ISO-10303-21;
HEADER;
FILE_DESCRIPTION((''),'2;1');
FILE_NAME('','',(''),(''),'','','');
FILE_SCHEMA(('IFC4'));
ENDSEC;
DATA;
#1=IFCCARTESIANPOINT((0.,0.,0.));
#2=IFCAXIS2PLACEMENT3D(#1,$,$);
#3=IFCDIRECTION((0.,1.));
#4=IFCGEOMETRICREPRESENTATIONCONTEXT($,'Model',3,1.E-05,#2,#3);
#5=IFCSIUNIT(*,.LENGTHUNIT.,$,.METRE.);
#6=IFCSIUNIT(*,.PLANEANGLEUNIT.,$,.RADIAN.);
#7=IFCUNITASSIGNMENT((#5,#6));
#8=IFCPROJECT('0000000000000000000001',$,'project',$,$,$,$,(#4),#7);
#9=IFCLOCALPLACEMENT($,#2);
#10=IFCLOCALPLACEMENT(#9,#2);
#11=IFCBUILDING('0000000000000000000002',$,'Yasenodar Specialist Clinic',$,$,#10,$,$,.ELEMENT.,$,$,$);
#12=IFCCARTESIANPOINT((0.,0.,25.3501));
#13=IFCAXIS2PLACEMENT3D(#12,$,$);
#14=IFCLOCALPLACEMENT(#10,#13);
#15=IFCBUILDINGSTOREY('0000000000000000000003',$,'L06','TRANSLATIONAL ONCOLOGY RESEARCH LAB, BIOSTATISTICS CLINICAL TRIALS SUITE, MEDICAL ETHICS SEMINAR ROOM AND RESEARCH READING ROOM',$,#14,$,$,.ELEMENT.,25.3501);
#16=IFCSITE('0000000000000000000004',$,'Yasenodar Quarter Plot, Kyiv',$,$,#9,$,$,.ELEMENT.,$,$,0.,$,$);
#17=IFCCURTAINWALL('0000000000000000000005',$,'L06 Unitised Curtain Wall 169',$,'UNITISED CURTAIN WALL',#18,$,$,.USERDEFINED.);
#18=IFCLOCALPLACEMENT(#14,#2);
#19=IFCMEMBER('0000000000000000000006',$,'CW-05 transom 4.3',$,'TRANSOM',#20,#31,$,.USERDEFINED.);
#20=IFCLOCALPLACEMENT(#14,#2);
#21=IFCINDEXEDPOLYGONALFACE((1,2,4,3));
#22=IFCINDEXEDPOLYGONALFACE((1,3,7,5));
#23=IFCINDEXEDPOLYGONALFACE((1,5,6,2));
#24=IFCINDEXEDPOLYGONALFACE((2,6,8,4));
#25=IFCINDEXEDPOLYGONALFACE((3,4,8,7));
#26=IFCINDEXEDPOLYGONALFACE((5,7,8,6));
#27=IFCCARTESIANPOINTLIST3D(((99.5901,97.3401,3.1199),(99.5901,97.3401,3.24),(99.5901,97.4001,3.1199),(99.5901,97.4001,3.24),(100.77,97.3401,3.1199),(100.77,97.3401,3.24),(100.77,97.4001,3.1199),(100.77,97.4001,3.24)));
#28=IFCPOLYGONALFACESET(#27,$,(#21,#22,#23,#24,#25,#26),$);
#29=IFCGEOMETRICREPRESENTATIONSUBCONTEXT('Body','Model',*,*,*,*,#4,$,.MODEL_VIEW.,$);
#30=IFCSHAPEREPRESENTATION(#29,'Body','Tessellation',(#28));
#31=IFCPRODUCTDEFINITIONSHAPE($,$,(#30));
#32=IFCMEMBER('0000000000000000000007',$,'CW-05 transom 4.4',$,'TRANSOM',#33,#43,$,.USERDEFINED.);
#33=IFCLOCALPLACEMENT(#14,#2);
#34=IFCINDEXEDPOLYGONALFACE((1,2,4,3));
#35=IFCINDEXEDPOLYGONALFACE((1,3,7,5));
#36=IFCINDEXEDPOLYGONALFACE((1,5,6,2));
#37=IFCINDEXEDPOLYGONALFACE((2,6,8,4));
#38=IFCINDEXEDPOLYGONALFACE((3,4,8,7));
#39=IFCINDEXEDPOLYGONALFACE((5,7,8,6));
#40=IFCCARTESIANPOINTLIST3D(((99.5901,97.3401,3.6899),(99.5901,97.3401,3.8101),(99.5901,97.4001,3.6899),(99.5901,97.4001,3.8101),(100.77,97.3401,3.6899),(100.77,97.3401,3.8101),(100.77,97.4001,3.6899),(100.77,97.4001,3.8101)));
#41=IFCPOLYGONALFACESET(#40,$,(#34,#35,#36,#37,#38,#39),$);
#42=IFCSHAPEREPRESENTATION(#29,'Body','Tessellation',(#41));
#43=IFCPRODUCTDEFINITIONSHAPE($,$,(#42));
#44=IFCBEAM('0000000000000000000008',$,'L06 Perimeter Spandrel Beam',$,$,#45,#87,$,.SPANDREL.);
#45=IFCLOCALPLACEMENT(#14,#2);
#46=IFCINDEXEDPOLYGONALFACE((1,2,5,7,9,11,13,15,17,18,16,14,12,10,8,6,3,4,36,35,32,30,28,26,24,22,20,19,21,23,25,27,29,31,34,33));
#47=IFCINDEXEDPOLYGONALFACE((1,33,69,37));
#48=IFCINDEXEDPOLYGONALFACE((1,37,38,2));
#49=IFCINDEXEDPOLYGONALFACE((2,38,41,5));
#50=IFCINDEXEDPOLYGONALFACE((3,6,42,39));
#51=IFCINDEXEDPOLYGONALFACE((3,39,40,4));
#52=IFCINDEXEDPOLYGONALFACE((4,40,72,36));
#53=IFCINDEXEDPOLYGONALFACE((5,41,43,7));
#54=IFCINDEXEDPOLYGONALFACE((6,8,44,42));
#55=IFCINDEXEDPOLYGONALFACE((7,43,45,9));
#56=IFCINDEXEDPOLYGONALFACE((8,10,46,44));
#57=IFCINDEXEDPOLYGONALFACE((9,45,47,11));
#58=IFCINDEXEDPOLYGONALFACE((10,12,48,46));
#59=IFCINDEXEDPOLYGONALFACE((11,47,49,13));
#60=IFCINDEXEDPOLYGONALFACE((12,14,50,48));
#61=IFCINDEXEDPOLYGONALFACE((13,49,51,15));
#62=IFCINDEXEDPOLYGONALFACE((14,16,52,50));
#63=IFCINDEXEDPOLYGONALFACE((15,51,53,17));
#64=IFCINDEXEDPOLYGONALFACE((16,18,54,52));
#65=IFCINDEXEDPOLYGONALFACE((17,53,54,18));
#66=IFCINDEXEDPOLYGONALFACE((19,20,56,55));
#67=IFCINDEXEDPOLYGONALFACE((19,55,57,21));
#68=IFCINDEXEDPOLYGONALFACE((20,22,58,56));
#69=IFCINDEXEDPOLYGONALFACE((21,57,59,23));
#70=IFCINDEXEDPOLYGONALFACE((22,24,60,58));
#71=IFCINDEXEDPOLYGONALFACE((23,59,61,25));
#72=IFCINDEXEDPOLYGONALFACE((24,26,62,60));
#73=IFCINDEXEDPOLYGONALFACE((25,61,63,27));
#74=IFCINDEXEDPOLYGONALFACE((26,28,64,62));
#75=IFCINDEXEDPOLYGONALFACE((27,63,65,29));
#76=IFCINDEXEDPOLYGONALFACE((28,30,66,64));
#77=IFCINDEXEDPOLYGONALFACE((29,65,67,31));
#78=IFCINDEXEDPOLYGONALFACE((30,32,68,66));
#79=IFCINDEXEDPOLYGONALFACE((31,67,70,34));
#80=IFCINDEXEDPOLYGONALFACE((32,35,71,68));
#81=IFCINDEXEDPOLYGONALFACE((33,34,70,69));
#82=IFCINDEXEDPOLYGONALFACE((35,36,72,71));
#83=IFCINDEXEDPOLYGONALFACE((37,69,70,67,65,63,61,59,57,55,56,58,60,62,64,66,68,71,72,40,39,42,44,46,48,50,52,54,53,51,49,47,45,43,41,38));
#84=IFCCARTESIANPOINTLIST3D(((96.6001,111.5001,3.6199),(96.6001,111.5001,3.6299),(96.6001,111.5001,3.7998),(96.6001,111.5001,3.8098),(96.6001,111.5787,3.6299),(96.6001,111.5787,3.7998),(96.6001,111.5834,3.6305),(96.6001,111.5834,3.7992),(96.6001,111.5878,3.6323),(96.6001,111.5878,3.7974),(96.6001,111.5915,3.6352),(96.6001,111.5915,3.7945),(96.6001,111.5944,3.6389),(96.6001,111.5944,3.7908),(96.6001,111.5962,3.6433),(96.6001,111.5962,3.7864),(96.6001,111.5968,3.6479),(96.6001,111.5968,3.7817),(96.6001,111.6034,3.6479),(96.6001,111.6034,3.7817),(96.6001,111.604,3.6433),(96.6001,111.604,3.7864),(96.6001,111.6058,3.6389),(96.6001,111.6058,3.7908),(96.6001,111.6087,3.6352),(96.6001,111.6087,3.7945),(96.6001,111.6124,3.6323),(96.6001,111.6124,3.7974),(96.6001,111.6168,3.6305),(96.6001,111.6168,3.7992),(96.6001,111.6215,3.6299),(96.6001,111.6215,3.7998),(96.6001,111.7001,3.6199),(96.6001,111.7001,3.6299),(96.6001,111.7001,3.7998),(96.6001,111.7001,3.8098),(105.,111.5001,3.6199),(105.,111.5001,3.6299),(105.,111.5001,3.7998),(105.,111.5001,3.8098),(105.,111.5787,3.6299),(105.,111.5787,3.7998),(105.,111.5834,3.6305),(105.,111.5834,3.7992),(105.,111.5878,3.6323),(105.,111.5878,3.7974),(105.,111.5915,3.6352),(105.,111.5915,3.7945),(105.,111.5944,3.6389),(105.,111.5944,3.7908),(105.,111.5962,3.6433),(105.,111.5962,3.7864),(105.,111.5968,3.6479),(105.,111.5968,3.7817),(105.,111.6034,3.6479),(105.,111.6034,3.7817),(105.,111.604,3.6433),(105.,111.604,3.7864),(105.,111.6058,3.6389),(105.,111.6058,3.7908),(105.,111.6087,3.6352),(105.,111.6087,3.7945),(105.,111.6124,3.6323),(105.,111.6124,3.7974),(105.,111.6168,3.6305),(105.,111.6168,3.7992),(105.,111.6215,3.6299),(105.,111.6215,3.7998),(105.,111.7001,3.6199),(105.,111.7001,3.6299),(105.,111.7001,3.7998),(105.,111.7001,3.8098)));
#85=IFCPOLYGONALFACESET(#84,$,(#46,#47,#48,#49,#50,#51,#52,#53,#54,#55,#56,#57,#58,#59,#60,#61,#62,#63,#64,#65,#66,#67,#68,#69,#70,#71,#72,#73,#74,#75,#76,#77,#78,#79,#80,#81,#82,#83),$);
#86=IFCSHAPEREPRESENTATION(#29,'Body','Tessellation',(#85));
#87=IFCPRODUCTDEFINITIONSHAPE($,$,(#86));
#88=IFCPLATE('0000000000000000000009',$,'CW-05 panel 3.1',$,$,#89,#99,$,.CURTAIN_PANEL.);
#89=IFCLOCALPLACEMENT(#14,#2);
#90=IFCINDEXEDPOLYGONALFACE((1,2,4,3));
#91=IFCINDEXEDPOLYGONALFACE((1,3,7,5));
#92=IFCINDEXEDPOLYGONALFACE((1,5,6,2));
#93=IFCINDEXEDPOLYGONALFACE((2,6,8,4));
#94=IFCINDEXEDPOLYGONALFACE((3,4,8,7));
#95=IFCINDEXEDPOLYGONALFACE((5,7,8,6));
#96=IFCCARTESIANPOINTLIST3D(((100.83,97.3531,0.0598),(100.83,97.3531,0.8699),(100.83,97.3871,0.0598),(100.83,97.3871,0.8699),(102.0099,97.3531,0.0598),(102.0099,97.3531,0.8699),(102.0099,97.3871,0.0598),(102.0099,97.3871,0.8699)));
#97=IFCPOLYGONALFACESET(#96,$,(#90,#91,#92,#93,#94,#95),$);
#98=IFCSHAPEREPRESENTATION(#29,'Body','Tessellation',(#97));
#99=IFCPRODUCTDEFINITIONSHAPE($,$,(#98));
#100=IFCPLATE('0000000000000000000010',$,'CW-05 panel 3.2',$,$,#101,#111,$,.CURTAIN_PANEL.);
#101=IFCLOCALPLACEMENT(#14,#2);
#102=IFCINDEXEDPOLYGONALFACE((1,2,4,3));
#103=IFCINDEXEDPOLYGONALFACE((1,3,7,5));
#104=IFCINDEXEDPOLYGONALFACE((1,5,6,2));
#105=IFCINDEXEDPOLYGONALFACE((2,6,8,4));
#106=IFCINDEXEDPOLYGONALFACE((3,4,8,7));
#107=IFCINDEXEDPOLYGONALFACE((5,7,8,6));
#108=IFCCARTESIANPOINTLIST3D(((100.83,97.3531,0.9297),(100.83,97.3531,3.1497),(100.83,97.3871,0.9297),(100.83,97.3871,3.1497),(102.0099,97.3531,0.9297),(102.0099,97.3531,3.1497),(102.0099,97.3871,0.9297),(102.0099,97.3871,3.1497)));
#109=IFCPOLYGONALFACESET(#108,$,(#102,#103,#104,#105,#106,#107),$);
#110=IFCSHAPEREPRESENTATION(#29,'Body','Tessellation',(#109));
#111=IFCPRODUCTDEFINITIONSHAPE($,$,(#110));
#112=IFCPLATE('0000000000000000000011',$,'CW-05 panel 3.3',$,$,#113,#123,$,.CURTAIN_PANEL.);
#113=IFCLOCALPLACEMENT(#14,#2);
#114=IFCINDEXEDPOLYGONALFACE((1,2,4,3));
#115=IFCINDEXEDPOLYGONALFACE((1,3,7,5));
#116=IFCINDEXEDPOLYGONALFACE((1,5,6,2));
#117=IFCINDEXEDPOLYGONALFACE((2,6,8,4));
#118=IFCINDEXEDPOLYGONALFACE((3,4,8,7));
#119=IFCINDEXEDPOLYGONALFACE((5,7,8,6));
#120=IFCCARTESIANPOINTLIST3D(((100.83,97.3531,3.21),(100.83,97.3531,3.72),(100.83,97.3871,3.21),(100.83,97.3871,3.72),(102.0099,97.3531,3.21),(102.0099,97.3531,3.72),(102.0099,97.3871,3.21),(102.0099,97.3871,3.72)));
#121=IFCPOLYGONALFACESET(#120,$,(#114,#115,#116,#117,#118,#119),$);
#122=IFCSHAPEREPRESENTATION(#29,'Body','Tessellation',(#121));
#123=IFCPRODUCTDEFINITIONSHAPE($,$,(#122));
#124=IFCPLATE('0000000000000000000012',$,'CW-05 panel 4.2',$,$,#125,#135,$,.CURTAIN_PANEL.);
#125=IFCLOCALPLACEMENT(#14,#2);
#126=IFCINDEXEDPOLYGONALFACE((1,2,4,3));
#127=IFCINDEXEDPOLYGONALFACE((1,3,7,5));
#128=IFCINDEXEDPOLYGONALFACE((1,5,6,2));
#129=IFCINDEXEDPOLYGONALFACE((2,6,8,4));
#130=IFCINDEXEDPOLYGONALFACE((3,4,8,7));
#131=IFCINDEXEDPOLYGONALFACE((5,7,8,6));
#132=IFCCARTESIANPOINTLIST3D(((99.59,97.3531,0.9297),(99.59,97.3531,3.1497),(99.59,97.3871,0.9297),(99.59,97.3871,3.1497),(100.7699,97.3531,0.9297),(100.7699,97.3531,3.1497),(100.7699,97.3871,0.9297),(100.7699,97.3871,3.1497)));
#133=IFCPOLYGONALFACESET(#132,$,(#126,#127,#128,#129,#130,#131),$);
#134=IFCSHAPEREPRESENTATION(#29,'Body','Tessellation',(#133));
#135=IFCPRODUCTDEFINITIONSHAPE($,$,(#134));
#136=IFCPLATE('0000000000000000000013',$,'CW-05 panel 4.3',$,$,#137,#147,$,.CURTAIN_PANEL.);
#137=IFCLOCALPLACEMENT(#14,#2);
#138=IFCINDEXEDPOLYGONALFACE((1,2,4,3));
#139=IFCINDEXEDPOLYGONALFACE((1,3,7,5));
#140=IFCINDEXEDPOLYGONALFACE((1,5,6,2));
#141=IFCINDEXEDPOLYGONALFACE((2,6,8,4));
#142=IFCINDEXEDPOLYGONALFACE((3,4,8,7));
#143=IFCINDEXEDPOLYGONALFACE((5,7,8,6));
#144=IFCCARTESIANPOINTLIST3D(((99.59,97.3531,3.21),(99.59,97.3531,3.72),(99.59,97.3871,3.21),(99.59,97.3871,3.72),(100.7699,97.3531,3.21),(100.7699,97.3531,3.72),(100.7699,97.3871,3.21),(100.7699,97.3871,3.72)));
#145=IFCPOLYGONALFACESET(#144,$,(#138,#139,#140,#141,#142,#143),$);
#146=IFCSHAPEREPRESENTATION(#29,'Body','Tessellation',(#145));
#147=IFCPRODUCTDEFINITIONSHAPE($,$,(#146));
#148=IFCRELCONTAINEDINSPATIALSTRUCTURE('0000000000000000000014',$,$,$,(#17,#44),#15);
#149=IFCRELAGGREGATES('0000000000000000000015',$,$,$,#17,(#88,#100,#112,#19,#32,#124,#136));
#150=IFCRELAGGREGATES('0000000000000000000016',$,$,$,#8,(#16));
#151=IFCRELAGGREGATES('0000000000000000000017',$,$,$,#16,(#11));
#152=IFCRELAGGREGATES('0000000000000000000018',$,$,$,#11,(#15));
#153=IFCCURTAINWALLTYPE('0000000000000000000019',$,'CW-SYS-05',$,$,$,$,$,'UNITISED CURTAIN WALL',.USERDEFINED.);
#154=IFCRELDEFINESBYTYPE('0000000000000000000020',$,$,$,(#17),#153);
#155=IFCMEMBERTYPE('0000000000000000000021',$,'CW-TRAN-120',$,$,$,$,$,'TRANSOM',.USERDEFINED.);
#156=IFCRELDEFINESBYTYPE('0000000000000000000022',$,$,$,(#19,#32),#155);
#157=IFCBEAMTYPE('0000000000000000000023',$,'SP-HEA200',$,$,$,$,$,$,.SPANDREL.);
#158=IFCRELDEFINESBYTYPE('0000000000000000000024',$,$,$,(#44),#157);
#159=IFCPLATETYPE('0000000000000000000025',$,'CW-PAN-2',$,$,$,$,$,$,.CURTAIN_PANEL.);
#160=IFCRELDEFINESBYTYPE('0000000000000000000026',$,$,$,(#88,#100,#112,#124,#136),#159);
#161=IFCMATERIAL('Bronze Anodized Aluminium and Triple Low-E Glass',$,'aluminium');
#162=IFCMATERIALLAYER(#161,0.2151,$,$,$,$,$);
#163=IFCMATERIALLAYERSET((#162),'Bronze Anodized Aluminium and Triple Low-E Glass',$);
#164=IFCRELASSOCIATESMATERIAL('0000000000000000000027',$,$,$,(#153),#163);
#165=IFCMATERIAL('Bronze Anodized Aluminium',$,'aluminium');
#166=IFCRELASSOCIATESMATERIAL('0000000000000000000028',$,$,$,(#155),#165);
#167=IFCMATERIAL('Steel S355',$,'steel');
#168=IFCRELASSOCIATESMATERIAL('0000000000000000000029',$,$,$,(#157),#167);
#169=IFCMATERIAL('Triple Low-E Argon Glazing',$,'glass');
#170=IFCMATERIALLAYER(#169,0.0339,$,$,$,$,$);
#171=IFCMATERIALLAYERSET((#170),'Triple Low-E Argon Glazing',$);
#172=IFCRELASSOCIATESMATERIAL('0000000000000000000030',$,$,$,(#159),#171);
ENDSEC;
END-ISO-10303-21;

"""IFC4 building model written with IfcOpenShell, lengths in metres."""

from ifc_helpers import new_model, si_unit, direction, frame, origin, origin_2d, place, context, subcontext, project, spatial, rectangle, i_section, extrude, material, layer, layer_set, material_profile, profile_set, type_object, element, aggregate, save


model = new_model("IFC4")

# Units and contexts
model_context = context("Model", 3, precision=1e-05, world=origin(), true_north=direction((0.0, 1.0)))
body_context = subcontext(model_context, "Body", "Model", "MODEL_VIEW")
ifc_project = project(units=[si_unit("LENGTHUNIT", "METRE"), si_unit("PLANEANGLEUNIT", "RADIAN")], contexts=[model_context])

# Site, building, storey
site_placement = place(None, origin())
site = spatial("IfcSite", under=ifc_project, at=site_placement, Name="Yasenodar Quarter Plot, Kyiv", CompositionType="ELEMENT", RefElevation=0.0)
building_placement = place(site_placement, origin())
building = spatial("IfcBuilding", under=site, at=building_placement, Name="Yasenodar Specialist Clinic", CompositionType="ELEMENT")
storey_placement = place(building_placement, frame((0.0, 0.0, 25.3501)))
storey = spatial("IfcBuildingStorey", under=building, at=storey_placement, Name="L06", Description="TRANSLATIONAL ONCOLOGY RESEARCH LAB, BIOSTATISTICS CLINICAL TRIALS SUITE, MEDICAL ETHICS SEMINAR ROOM AND RESEARCH READING ROOM", CompositionType="ELEMENT", Elevation=25.3501)

# Shared definitions
ifc_material_1 = material(Name="Steel S355", Category="steel")

# Curtain wall, members
ifc_material_2 = material(Name="Bronze Anodized Aluminium and Triple Low-E Glass", Category="aluminium")
ifc_layer_1 = layer(ifc_material_2, 0.2151)
ifc_layer_set_1 = layer_set([ifc_layer_1], Name="Bronze Anodized Aluminium and Triple Low-E Glass")
curtain_wall_type = type_object("IfcCurtainWallType", Name="CW-SYS-05", ElementType="UNITISED CURTAIN WALL", PredefinedType="USERDEFINED", material=ifc_layer_set_1)
curtain_wall_placement = place(storey_placement, origin())
curtain_wall = element("IfcCurtainWall", 1, at=curtain_wall_placement, inside=storey, type_object=curtain_wall_type, Name="L06 Unitised Curtain Wall 169", ObjectType="UNITISED CURTAIN WALL", PredefinedType="USERDEFINED")
ifc_material_3 = material(Name="Bronze Anodized Aluminium", Category="aluminium")
ifc_material_profile_1 = material_profile(ifc_material_3, rectangle(XDim=0.0601, YDim=0.1201, at=origin_2d()), Name="CW-TRAN 60x120")
ifc_profile_set_1 = profile_set([ifc_material_profile_1], Name="Bronze Anodized Aluminium")
member_type_1 = type_object("IfcMemberType", Name="CW-TRAN-120", ElementType="TRANSOM", PredefinedType="USERDEFINED", material=ifc_profile_set_1)
member_1_placement = place(storey_placement, frame((100.77, 97.3701, 3.1799), z_axis=(-1.0, 0.0, 0.0), x_axis=(0.0, -1.0, 0.0)))
member_1 = element("IfcMember", 2, at=member_1_placement, type_object=member_type_1, Name="CW-05 transom 4.3", ObjectType="TRANSOM", PredefinedType="USERDEFINED", context=body_context, shape_type="SweptSolid", body=[
    extrude(rectangle(XDim=0.0601, YDim=0.1201, at=origin_2d()), origin(), (0.0, 0.0, 1.0), 1.1799),
])
member_2_placement = place(storey_placement, frame((100.77, 97.3701, 3.75), z_axis=(-1.0, 0.0, 0.0), x_axis=(0.0, -1.0, 0.0)))
member_2 = element("IfcMember", 3, at=member_2_placement, type_object=member_type_1, Name="CW-05 transom 4.4", ObjectType="TRANSOM", PredefinedType="USERDEFINED", context=body_context, shape_type="SweptSolid", body=[
    extrude(rectangle(XDim=0.0601, YDim=0.1201, at=origin_2d()), origin(), (0.0, 0.0, 1.0), 1.1799),
])

# Beam
ifc_material_profile_2 = material_profile(ifc_material_1, i_section(OverallWidth=0.2, OverallDepth=0.1899, WebThickness=0.0066, FlangeThickness=0.01, FilletRadius=0.0181, at=origin_2d()), Name="HEA 200")
ifc_profile_set_2 = profile_set([ifc_material_profile_2], Name="Steel S355")
beam_type_1 = type_object("IfcBeamType", Name="SP-HEA200", PredefinedType="SPANDREL", material=ifc_profile_set_2)
beam_1_placement = place(storey_placement, frame((96.6001, 111.6001, 3.7148), z_axis=(1.0, 0.0, 0.0), x_axis=(0.0, 1.0, 0.0)))
element("IfcBeam", 4, at=beam_1_placement, inside=storey, type_object=beam_type_1, Name="L06 Perimeter Spandrel Beam", PredefinedType="SPANDREL", context=body_context, shape_type="SweptSolid", body=[
    extrude(i_section(OverallWidth=0.2, OverallDepth=0.1899, WebThickness=0.0066, FlangeThickness=0.01, FilletRadius=0.0181, at=origin_2d()), origin(), (0.0, 0.0, 1.0), 8.3999),
])

# Plates
ifc_material_4 = material(Name="Triple Low-E Argon Glazing", Category="glass")
ifc_layer_2 = layer(ifc_material_4, 0.0339)
ifc_layer_set_2 = layer_set([ifc_layer_2], Name="Triple Low-E Argon Glazing")
plate_type = type_object("IfcPlateType", Name="CW-PAN-2", PredefinedType="CURTAIN_PANEL", material=ifc_layer_set_2)
plate_1_placement = place(storey_placement, frame((101.4199, 97.3701, 0.0598), z_axis=(0.0, 0.0, 1.0), x_axis=(-1.0, 0.0, 0.0)))
plate_1 = element("IfcPlate", 5, at=plate_1_placement, type_object=plate_type, Name="CW-05 panel 3.1", PredefinedType="CURTAIN_PANEL", context=body_context, shape_type="SweptSolid", body=[
    extrude(rectangle(XDim=1.1799, YDim=0.0339, at=origin_2d()), origin(), (0.0, 0.0, 1.0), 0.8101),
])
plate_2_placement = place(storey_placement, frame((101.4199, 97.3701, 0.9297), z_axis=(0.0, 0.0, 1.0), x_axis=(-1.0, 0.0, 0.0)))
plate_2 = element("IfcPlate", 6, at=plate_2_placement, type_object=plate_type, Name="CW-05 panel 3.2", PredefinedType="CURTAIN_PANEL", context=body_context, shape_type="SweptSolid", body=[
    extrude(rectangle(XDim=1.1799, YDim=0.0339, at=origin_2d()), origin(), (0.0, 0.0, 1.0), 2.22),
])
plate_3_placement = place(storey_placement, frame((101.4199, 97.3701, 3.21), z_axis=(0.0, 0.0, 1.0), x_axis=(-1.0, 0.0, 0.0)))
plate_3 = element("IfcPlate", 7, at=plate_3_placement, type_object=plate_type, Name="CW-05 panel 3.3", PredefinedType="CURTAIN_PANEL", context=body_context, shape_type="SweptSolid", body=[
    extrude(rectangle(XDim=1.1799, YDim=0.0339, at=origin_2d()), origin(), (0.0, 0.0, 1.0), 0.51),
])
plate_4_placement = place(storey_placement, frame((100.1799, 97.3701, 0.9297), z_axis=(0.0, 0.0, 1.0), x_axis=(-1.0, 0.0, 0.0)))
plate_4 = element("IfcPlate", 8, at=plate_4_placement, type_object=plate_type, Name="CW-05 panel 4.2", PredefinedType="CURTAIN_PANEL", context=body_context, shape_type="SweptSolid", body=[
    extrude(rectangle(XDim=1.1799, YDim=0.0339, at=origin_2d()), origin(), (0.0, 0.0, 1.0), 2.22),
])
plate_5_placement = place(storey_placement, frame((100.1799, 97.3701, 3.21), z_axis=(0.0, 0.0, 1.0), x_axis=(-1.0, 0.0, 0.0)))
plate_5 = element("IfcPlate", 9, at=plate_5_placement, type_object=plate_type, Name="CW-05 panel 4.3", PredefinedType="CURTAIN_PANEL", context=body_context, shape_type="SweptSolid", body=[
    extrude(rectangle(XDim=1.1799, YDim=0.0339, at=origin_2d()), origin(), (0.0, 0.0, 1.0), 0.51),
])
aggregate(curtain_wall, [plate_1, plate_2, plate_3, member_1, member_2, plate_4, plate_5])

save(model, "model.ifc")
